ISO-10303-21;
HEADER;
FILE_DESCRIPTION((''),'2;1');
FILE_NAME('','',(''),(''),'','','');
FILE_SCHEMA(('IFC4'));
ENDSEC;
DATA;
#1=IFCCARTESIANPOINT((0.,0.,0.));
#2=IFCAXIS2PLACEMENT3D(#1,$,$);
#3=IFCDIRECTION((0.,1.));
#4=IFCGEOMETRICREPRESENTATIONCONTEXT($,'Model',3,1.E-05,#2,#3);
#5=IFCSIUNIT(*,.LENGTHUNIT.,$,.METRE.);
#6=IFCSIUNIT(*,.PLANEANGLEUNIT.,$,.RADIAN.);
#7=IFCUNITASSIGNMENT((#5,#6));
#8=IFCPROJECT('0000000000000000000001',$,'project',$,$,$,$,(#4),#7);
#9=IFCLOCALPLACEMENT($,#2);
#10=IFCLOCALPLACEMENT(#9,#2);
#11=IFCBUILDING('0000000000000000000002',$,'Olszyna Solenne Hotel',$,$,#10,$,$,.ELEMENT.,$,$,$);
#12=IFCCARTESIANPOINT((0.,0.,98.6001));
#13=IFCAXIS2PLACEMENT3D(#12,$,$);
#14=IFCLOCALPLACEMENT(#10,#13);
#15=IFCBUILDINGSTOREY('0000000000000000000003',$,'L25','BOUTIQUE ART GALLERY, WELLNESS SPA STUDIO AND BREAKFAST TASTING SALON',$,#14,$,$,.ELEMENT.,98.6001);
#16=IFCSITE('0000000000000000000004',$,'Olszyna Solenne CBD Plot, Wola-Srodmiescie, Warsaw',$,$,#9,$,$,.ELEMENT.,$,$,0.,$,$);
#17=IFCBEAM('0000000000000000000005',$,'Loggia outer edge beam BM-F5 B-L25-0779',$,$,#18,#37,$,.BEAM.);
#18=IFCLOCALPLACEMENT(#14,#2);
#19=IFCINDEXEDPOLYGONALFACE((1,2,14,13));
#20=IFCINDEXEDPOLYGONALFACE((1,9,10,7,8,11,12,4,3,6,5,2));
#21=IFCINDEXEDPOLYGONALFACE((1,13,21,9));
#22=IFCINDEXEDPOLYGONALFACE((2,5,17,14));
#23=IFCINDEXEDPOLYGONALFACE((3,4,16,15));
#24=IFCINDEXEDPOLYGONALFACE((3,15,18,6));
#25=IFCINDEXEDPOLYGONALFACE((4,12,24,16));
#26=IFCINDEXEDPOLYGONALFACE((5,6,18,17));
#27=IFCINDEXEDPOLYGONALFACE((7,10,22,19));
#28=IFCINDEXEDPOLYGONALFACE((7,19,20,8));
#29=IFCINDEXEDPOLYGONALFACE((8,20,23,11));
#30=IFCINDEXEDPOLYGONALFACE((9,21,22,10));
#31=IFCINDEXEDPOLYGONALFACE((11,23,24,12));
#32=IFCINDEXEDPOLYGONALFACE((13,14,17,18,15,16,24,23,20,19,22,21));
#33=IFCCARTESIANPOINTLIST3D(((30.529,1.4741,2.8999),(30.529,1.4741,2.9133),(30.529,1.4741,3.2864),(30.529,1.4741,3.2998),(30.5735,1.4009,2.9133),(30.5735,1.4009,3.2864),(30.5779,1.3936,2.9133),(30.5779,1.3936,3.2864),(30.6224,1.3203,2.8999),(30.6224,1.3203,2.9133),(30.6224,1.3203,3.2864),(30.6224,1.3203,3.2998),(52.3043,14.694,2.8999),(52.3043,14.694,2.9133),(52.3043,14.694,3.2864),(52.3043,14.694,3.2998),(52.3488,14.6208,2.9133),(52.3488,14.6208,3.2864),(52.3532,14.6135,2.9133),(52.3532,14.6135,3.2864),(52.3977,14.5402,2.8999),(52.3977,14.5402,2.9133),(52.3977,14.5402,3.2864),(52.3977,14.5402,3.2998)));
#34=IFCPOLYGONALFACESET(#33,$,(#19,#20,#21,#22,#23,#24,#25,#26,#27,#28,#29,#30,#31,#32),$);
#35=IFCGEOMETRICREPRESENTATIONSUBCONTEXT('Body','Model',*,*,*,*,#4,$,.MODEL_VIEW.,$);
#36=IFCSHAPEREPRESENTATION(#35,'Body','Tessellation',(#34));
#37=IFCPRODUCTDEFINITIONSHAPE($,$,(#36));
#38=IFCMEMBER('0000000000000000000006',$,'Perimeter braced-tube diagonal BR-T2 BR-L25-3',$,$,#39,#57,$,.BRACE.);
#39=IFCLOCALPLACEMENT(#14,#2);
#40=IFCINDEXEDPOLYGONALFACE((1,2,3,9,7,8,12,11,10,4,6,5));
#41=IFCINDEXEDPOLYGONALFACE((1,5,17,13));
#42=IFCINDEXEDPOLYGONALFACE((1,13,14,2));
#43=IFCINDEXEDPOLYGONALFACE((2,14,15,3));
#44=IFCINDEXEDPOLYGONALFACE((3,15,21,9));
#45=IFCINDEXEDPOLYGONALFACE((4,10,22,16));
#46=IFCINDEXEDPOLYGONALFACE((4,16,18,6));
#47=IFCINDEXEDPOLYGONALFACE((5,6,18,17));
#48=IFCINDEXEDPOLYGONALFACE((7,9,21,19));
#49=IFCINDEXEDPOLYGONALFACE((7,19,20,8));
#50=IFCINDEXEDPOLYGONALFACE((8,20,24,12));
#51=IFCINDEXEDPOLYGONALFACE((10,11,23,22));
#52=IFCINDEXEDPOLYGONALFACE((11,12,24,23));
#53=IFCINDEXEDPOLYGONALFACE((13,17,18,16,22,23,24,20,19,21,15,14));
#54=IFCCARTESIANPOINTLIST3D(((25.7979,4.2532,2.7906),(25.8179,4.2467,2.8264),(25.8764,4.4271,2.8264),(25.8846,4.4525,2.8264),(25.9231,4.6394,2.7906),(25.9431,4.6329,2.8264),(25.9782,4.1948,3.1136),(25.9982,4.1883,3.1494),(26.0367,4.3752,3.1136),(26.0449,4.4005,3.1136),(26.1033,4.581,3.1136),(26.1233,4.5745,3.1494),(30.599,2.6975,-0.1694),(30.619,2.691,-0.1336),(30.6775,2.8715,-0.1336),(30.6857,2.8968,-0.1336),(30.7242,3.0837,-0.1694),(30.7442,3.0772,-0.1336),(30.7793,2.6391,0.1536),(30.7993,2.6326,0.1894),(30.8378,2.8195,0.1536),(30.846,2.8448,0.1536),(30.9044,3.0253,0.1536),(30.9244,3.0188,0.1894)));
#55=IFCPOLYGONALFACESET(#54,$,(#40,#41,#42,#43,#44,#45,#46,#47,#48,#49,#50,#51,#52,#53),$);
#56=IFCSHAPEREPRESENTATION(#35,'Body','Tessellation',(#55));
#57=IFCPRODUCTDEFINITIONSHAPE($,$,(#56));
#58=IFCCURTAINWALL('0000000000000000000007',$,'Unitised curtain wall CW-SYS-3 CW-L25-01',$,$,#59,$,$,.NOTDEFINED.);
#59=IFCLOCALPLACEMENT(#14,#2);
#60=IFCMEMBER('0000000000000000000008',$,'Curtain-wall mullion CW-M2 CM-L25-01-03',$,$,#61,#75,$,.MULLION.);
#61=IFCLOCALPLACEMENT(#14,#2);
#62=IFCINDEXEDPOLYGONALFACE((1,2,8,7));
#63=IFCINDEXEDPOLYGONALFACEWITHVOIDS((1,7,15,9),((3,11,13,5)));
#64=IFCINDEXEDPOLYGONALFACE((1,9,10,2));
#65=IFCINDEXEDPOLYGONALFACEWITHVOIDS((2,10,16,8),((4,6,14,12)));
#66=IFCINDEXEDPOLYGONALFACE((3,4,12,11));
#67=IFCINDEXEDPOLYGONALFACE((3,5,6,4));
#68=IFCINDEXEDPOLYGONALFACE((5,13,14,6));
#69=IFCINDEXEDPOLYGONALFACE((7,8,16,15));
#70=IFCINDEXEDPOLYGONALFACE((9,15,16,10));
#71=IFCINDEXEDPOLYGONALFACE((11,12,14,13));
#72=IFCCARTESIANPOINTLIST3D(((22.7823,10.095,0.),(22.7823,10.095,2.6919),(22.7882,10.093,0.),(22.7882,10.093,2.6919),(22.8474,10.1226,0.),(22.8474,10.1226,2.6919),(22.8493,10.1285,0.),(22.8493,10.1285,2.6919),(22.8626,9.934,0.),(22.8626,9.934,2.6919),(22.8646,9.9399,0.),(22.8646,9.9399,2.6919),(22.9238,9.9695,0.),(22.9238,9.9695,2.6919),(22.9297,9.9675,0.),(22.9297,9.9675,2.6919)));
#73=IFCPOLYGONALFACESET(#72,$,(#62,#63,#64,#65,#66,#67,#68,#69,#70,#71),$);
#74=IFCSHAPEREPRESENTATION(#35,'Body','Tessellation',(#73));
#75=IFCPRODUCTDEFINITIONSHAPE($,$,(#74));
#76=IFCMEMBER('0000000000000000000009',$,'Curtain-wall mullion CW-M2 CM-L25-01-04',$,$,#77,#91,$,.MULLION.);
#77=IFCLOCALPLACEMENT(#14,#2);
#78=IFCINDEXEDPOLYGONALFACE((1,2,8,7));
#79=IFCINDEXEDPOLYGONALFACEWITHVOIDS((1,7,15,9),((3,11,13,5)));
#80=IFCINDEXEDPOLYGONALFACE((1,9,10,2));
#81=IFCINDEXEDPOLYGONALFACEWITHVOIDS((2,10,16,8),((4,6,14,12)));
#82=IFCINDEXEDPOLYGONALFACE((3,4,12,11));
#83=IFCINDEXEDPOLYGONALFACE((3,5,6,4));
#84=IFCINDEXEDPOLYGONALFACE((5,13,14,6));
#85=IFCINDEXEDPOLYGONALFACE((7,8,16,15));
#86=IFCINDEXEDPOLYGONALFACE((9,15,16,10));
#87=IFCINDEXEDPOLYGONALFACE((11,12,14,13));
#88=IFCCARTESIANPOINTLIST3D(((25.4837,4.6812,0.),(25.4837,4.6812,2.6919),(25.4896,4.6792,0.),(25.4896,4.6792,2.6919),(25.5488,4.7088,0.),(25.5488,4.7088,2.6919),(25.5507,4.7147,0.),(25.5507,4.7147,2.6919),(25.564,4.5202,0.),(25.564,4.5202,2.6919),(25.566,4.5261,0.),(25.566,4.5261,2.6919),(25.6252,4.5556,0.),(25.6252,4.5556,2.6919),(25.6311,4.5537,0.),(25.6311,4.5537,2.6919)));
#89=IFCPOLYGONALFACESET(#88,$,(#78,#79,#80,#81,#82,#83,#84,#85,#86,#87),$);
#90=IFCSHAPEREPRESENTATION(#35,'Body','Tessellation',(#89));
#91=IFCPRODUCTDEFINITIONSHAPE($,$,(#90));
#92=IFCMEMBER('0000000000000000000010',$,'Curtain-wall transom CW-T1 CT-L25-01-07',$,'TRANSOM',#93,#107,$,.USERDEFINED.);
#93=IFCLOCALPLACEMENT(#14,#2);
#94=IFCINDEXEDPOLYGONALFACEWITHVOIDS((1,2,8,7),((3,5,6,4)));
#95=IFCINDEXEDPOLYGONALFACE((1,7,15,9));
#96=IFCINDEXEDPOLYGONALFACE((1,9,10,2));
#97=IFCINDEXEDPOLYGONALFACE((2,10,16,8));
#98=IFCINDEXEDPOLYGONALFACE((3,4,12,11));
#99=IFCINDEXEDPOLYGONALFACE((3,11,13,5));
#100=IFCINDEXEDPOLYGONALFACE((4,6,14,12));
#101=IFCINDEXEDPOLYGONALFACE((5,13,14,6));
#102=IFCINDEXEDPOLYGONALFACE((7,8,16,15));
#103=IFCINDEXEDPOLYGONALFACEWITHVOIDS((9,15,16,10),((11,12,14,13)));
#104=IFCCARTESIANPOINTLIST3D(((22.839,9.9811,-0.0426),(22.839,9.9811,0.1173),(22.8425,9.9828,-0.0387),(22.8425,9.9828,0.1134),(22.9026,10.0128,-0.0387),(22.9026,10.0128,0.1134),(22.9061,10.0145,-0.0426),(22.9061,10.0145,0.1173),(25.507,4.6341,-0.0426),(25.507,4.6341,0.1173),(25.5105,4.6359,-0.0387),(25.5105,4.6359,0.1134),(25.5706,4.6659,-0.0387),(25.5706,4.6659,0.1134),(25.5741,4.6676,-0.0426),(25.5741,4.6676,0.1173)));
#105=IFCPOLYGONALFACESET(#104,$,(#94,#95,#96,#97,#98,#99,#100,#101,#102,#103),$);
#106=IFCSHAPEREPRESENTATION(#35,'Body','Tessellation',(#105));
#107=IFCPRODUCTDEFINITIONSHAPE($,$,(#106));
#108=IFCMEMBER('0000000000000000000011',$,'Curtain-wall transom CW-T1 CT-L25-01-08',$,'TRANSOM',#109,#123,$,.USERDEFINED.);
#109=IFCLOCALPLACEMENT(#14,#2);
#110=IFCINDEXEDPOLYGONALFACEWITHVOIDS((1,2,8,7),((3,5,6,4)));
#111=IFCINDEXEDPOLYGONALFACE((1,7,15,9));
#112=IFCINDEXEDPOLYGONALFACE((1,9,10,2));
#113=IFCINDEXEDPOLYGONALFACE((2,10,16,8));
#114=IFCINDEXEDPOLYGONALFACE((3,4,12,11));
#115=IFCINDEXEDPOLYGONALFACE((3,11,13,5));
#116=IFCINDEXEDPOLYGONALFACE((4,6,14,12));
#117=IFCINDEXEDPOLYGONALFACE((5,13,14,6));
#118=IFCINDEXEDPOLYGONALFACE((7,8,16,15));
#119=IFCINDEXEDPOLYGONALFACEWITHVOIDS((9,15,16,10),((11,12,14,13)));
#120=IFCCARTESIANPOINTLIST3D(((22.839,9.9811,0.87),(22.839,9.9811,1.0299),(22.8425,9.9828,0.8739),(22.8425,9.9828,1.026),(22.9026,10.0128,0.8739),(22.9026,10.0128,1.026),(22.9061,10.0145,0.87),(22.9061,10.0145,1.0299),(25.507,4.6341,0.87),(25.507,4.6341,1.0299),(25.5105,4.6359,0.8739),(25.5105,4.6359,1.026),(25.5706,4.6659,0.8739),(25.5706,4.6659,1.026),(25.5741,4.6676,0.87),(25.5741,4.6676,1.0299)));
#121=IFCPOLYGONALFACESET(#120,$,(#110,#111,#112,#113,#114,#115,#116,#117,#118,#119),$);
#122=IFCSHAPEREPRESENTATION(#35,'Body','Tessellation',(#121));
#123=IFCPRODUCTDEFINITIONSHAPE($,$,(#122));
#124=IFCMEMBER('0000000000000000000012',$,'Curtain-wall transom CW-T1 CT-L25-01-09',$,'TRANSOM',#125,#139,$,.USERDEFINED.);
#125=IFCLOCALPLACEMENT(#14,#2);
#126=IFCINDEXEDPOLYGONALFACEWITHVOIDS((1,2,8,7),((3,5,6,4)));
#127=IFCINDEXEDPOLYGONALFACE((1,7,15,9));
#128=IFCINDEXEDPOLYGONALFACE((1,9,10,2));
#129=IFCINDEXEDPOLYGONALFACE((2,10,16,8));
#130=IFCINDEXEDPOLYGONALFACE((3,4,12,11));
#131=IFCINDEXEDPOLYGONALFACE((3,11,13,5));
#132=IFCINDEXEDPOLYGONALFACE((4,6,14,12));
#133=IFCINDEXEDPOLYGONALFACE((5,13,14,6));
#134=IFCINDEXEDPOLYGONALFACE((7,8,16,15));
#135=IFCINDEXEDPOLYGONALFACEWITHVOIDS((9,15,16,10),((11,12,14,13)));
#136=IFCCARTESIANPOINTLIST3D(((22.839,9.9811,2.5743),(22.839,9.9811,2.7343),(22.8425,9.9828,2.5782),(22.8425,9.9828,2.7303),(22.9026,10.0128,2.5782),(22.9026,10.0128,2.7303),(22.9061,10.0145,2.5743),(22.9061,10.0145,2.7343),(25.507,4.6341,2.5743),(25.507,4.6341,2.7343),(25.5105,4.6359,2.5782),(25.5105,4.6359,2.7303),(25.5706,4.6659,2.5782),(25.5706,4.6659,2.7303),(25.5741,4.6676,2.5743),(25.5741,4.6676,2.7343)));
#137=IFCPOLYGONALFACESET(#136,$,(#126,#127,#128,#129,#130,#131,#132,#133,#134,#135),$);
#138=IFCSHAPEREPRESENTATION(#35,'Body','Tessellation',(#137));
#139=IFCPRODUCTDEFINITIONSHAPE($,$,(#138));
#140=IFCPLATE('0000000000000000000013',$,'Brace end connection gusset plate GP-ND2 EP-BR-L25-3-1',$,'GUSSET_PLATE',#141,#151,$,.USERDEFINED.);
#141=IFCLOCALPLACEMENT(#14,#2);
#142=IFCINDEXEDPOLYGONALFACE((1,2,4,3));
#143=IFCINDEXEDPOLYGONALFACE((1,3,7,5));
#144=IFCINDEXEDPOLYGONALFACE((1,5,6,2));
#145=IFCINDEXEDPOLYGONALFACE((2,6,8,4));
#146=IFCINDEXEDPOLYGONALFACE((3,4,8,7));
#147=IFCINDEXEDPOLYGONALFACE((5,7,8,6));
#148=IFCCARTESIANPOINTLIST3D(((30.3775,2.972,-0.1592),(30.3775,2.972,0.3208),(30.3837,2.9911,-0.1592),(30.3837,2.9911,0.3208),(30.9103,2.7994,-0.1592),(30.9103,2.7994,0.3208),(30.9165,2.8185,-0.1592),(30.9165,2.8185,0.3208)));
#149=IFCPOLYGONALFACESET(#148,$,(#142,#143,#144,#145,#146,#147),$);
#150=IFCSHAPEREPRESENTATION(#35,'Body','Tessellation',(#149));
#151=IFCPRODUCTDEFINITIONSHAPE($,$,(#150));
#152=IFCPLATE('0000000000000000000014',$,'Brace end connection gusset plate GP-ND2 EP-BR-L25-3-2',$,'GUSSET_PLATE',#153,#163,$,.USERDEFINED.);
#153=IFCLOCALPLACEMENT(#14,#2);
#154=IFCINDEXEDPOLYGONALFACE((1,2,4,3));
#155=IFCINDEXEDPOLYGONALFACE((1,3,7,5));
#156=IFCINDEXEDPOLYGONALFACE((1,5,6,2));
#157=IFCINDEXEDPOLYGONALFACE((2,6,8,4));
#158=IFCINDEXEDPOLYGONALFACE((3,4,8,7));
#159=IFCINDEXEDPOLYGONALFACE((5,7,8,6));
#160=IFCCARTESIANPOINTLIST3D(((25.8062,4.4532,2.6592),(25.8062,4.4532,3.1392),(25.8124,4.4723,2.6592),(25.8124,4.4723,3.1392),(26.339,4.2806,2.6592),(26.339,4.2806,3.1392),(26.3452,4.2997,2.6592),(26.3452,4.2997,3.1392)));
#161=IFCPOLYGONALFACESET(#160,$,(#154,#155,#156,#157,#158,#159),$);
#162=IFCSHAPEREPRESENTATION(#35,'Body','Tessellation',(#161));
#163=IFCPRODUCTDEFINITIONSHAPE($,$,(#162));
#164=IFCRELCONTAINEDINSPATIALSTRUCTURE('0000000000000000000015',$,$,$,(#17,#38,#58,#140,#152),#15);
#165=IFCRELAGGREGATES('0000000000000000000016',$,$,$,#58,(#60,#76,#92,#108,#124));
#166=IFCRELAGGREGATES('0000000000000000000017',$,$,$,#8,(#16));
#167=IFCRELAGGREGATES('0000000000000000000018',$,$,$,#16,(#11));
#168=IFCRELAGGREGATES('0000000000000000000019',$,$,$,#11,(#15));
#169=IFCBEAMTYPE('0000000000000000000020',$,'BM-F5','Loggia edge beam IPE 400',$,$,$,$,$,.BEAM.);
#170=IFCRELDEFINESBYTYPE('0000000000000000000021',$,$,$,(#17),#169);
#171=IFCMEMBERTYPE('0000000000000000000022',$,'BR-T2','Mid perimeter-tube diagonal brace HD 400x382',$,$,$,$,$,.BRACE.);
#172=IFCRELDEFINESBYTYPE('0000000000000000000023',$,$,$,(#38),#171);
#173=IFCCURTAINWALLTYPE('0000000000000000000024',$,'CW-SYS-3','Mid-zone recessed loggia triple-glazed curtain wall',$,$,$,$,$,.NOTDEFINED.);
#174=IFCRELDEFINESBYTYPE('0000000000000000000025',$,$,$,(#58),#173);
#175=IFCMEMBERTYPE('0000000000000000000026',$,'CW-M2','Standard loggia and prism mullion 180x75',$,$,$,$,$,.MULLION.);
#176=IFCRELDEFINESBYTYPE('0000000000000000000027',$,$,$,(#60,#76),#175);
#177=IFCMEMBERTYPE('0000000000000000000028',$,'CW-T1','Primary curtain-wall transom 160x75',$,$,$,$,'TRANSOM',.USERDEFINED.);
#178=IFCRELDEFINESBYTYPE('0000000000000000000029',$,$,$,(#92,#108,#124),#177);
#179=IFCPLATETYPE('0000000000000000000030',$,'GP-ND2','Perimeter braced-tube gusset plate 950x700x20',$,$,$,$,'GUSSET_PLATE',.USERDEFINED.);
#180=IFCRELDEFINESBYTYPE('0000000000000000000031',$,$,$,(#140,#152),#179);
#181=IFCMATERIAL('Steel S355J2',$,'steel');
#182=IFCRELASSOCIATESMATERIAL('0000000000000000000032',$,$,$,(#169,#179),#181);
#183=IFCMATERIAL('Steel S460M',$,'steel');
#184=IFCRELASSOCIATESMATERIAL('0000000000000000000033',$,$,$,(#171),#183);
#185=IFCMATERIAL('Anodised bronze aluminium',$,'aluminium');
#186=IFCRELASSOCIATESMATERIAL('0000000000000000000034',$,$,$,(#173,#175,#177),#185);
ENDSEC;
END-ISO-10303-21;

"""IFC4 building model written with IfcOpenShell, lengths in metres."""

from ifc_helpers import new_model, si_unit, direction, frame, origin, origin_2d, place, context, subcontext, project, spatial, rectangle, hollow_rectangle, i_section, extrude, source, transform, mapped, material, material_profile, profile_set, type_object, element, aggregate, save


model = new_model("IFC4")

# Units and contexts
model_context = context("Model", 3, precision=1e-05, world=origin(), true_north=direction((0.0, 1.0)))
body_context = subcontext(model_context, "Body", "Model", "MODEL_VIEW")
ifc_project = project(units=[si_unit("LENGTHUNIT", "METRE"), si_unit("PLANEANGLEUNIT", "RADIAN")], contexts=[model_context])

# Site, building, storey
site_placement = place(None, origin())
site = spatial("IfcSite", under=ifc_project, at=site_placement, Name="Olszyna Solenne CBD Plot, Wola-Srodmiescie, Warsaw", CompositionType="ELEMENT", RefElevation=0.0)
building_placement = place(site_placement, origin())
building = spatial("IfcBuilding", under=site, at=building_placement, Name="Olszyna Solenne Hotel", CompositionType="ELEMENT")
storey_placement = place(building_placement, frame((0.0, 0.0, 98.6001)))
storey = spatial("IfcBuildingStorey", under=building, at=storey_placement, Name="L25", Description="BOUTIQUE ART GALLERY, WELLNESS SPA STUDIO AND BREAKFAST TASTING SALON", CompositionType="ELEMENT", Elevation=98.6001)

# Shared definitions
ifc_material_1 = material(Name="Steel S460M", Category="steel")

# Beam
ifc_material_2 = material(Name="Steel S355J2", Category="steel")
ifc_material_profile_1 = material_profile(ifc_material_2, i_section(OverallWidth=0.1799, OverallDepth=0.3999, WebThickness=0.0085, FlangeThickness=0.0134, at=origin_2d()), Name="IPE 400", Category="load-bearing")
ifc_profile_set_1 = profile_set([ifc_material_profile_1], Name="Steel S355J2")
beam_type_1 = type_object("IfcBeamType", Name="BM-F5", Description="Loggia edge beam IPE 400", PredefinedType="BEAM", material=ifc_profile_set_1)
shared_shape_1 = source(origin(), body_context, "Body", "SweptSolid", [
    extrude(i_section(OverallWidth=0.1799, OverallDepth=0.3999, WebThickness=0.0085, FlangeThickness=0.0134, at=origin_2d()), origin(), (0.0, 0.0, 1.0), 25.4741),
])
beam_1_placement = place(storey_placement, frame((30.5757, 1.3972, 3.0999), z_axis=(0.854801, 0.518955, 0.0), x_axis=(-0.518955, 0.854801, 0.0)))
element("IfcBeam", 1, at=beam_1_placement, inside=storey, type_object=beam_type_1, Name="Loggia outer edge beam BM-F5 B-L25-0779", PredefinedType="BEAM", context=body_context, shape_type="MappedRepresentation", body=[
    mapped(shared_shape_1, transform((0.0, 0.0, 0.0), x_axis=(1.0, 0.0, 0.0), y_axis=(0.0, 1.0, 0.0), z_axis=(0.0, 0.0, 1.0), scale=1.0)),
])

# Member
ifc_material_profile_2 = material_profile(ifc_material_1, i_section(OverallWidth=0.406, OverallDepth=0.416, WebThickness=0.0266, FlangeThickness=0.0415, at=origin_2d()), Name="HD 400x382", Category="load-bearing")
ifc_profile_set_2 = profile_set([ifc_material_profile_2], Name="Steel S460M")
member_type_1 = type_object("IfcMemberType", Name="BR-T2", Description="Mid perimeter-tube diagonal brace HD 400x382", PredefinedType="BRACE", material=ifc_profile_set_2)
shared_shape_2 = source(origin(), body_context, "Body", "SweptSolid", [
    extrude(i_section(OverallWidth=0.406, OverallDepth=0.416, WebThickness=0.0266, FlangeThickness=0.0415, at=origin_2d()), origin(), (0.0, 0.0, 1.0), 5.8508),
])
member_1_placement = place(storey_placement, frame((30.7617, 2.8582, 0.01), z_axis=(-0.820583, 0.265891, 0.505911), x_axis=(-0.308249, -0.951306, 0.0)))
element("IfcMember", 2, at=member_1_placement, inside=storey, type_object=member_type_1, Name="Perimeter braced-tube diagonal BR-T2 BR-L25-3", PredefinedType="BRACE", context=body_context, shape_type="MappedRepresentation", body=[
    mapped(shared_shape_2, transform((0.0, 0.0, 0.0), x_axis=(1.0, 0.0, 0.0), y_axis=(0.0, 1.0, 0.0), z_axis=(0.0, 0.0, 1.0), scale=1.0)),
])

# Curtain wall, members
ifc_material_3 = material(Name="Anodised bronze aluminium", Category="aluminium")
curtain_wall_type = type_object("IfcCurtainWallType", Name="CW-SYS-3", Description="Mid-zone recessed loggia triple-glazed curtain wall", PredefinedType="NOTDEFINED", material=ifc_material_3)
curtain_wall_placement = place(storey_placement, origin())
curtain_wall = element("IfcCurtainWall", 3, at=curtain_wall_placement, inside=storey, type_object=curtain_wall_type, Name="Unitised curtain wall CW-SYS-3 CW-L25-01", PredefinedType="NOTDEFINED")
ifc_material_profile_3 = material_profile(ifc_material_3, hollow_rectangle(XDim=0.075, YDim=0.1799, WallThickness=0.0044, at=origin_2d()), Name="MULL 180x75x4.5", Category="load-bearing")
ifc_profile_set_3 = profile_set([ifc_material_profile_3], Name="Anodised bronze aluminium")
member_type_2 = type_object("IfcMemberType", Name="CW-M2", Description="Standard loggia and prism mullion 180x75", PredefinedType="MULLION", material=ifc_profile_set_3)
shared_shape_3 = source(origin(), body_context, "Body", "SweptSolid", [
    extrude(hollow_rectangle(XDim=0.075, YDim=0.1799, WallThickness=0.0044, at=origin_2d()), origin(), (0.0, 0.0, 1.0), 2.6919),
])
member_2_placement = place(storey_placement, frame((22.856, 10.0312, 0.0), z_axis=(0.0, 0.0, 1.0), x_axis=(0.8948, 0.446467, 0.0)))
member_2 = element("IfcMember", 4, at=member_2_placement, type_object=member_type_2, Name="Curtain-wall mullion CW-M2 CM-L25-01-03", PredefinedType="MULLION", context=body_context, shape_type="MappedRepresentation", body=[
    mapped(shared_shape_3, transform((0.0, 0.0, 0.0), x_axis=(1.0, 0.0, 0.0), y_axis=(0.0, 1.0, 0.0), z_axis=(0.0, 0.0, 1.0), scale=1.0)),
])
member_3_placement = place(storey_placement, frame((25.5574, 4.6174, 0.0), z_axis=(0.0, 0.0, 1.0), x_axis=(0.8948, 0.446467, 0.0)))
member_3 = element("IfcMember", 5, at=member_3_placement, type_object=member_type_2, Name="Curtain-wall mullion CW-M2 CM-L25-01-04", PredefinedType="MULLION", context=body_context, shape_type="MappedRepresentation", body=[
    mapped(shared_shape_3, transform((0.0, 0.0, 0.0), x_axis=(1.0, 0.0, 0.0), y_axis=(0.0, 1.0, 0.0), z_axis=(0.0, 0.0, 1.0), scale=1.0)),
])
ifc_material_profile_4 = material_profile(ifc_material_3, hollow_rectangle(XDim=0.075, YDim=0.1599, WallThickness=0.0039, at=origin_2d()), Name="TRAN 160x75x4", Category="load-bearing")
ifc_profile_set_4 = profile_set([ifc_material_profile_4], Name="Anodised bronze aluminium")
member_type_3 = type_object("IfcMemberType", Name="CW-T1", Description="Primary curtain-wall transom 160x75", ElementType="TRANSOM", PredefinedType="USERDEFINED", material=ifc_profile_set_4)
shared_shape_4 = source(origin(), body_context, "Body", "SweptSolid", [
    extrude(hollow_rectangle(XDim=0.075, YDim=0.1599, WallThickness=0.0039, at=origin_2d()), origin(), (0.0, 0.0, 1.0), 5.9756),
])
member_4_placement = place(storey_placement, frame((22.8726, 9.9978, 0.0374), z_axis=(0.446478, -0.894795, 0.0), x_axis=(0.894795, 0.446478, 0.0)))
member_4 = element("IfcMember", 6, at=member_4_placement, type_object=member_type_3, Name="Curtain-wall transom CW-T1 CT-L25-01-07", ObjectType="TRANSOM", PredefinedType="USERDEFINED", context=body_context, shape_type="MappedRepresentation", body=[
    mapped(shared_shape_4, transform((0.0, 0.0, 0.0), x_axis=(1.0, 0.0, 0.0), y_axis=(0.0, 1.0, 0.0), z_axis=(0.0, 0.0, 1.0), scale=1.0)),
])
member_5_placement = place(storey_placement, frame((22.8726, 9.9978, 0.95), z_axis=(0.446478, -0.894795, 0.0), x_axis=(0.894795, 0.446478, 0.0)))
member_5 = element("IfcMember", 7, at=member_5_placement, type_object=member_type_3, Name="Curtain-wall transom CW-T1 CT-L25-01-08", ObjectType="TRANSOM", PredefinedType="USERDEFINED", context=body_context, shape_type="MappedRepresentation", body=[
    mapped(shared_shape_4, transform((0.0, 0.0, 0.0), x_axis=(1.0, 0.0, 0.0), y_axis=(0.0, 1.0, 0.0), z_axis=(0.0, 0.0, 1.0), scale=1.0)),
])
member_6_placement = place(storey_placement, frame((22.8726, 9.9978, 2.6543), z_axis=(0.446478, -0.894795, 0.0), x_axis=(0.894795, 0.446478, 0.0)))
member_6 = element("IfcMember", 8, at=member_6_placement, type_object=member_type_3, Name="Curtain-wall transom CW-T1 CT-L25-01-09", ObjectType="TRANSOM", PredefinedType="USERDEFINED", context=body_context, shape_type="MappedRepresentation", body=[
    mapped(shared_shape_4, transform((0.0, 0.0, 0.0), x_axis=(1.0, 0.0, 0.0), y_axis=(0.0, 1.0, 0.0), z_axis=(0.0, 0.0, 1.0), scale=1.0)),
])

# Plates
plate_type_1 = type_object("IfcPlateType", Name="GP-ND2", Description="Perimeter braced-tube gusset plate 950x700x20", ElementType="GUSSET_PLATE", PredefinedType="USERDEFINED", material=ifc_material_2)
shared_shape_5 = source(origin(), body_context, "Body", "SweptSolid", [
    extrude(rectangle(XDim=0.5601, YDim=0.02, at=origin_2d()), origin(), (0.0, 0.0, 1.0), 0.48),
])
for number, where, z_axis, x_axis, name in (
    (9, (30.647, 2.8953, -0.1592), (0.0, 0.0, 1.0), (-0.951326, 0.308187, 0.0), "Brace end connection gusset plate GP-ND2 EP-BR-L25-3-1"),
    (10, (26.0757, 4.3765, 2.6592), (0.0, 0.0, 1.0), (-0.951326, 0.308187, 0.0), "Brace end connection gusset plate GP-ND2 EP-BR-L25-3-2"),
):
    element("IfcPlate", number, at=place(storey_placement, frame(where, z_axis=z_axis, x_axis=x_axis)), inside=storey, type_object=plate_type_1, Name=name, ObjectType="GUSSET_PLATE", PredefinedType="USERDEFINED", context=body_context, shape_type="MappedRepresentation", body=[
        mapped(shared_shape_5, transform((0.0, 0.0, 0.0), x_axis=(1.0, 0.0, 0.0), y_axis=(0.0, 1.0, 0.0), z_axis=(0.0, 0.0, 1.0), scale=1.0)),
    ])

aggregate(curtain_wall, [member_2, member_3, member_4, member_5, member_6])

save(model, "model.ifc")
